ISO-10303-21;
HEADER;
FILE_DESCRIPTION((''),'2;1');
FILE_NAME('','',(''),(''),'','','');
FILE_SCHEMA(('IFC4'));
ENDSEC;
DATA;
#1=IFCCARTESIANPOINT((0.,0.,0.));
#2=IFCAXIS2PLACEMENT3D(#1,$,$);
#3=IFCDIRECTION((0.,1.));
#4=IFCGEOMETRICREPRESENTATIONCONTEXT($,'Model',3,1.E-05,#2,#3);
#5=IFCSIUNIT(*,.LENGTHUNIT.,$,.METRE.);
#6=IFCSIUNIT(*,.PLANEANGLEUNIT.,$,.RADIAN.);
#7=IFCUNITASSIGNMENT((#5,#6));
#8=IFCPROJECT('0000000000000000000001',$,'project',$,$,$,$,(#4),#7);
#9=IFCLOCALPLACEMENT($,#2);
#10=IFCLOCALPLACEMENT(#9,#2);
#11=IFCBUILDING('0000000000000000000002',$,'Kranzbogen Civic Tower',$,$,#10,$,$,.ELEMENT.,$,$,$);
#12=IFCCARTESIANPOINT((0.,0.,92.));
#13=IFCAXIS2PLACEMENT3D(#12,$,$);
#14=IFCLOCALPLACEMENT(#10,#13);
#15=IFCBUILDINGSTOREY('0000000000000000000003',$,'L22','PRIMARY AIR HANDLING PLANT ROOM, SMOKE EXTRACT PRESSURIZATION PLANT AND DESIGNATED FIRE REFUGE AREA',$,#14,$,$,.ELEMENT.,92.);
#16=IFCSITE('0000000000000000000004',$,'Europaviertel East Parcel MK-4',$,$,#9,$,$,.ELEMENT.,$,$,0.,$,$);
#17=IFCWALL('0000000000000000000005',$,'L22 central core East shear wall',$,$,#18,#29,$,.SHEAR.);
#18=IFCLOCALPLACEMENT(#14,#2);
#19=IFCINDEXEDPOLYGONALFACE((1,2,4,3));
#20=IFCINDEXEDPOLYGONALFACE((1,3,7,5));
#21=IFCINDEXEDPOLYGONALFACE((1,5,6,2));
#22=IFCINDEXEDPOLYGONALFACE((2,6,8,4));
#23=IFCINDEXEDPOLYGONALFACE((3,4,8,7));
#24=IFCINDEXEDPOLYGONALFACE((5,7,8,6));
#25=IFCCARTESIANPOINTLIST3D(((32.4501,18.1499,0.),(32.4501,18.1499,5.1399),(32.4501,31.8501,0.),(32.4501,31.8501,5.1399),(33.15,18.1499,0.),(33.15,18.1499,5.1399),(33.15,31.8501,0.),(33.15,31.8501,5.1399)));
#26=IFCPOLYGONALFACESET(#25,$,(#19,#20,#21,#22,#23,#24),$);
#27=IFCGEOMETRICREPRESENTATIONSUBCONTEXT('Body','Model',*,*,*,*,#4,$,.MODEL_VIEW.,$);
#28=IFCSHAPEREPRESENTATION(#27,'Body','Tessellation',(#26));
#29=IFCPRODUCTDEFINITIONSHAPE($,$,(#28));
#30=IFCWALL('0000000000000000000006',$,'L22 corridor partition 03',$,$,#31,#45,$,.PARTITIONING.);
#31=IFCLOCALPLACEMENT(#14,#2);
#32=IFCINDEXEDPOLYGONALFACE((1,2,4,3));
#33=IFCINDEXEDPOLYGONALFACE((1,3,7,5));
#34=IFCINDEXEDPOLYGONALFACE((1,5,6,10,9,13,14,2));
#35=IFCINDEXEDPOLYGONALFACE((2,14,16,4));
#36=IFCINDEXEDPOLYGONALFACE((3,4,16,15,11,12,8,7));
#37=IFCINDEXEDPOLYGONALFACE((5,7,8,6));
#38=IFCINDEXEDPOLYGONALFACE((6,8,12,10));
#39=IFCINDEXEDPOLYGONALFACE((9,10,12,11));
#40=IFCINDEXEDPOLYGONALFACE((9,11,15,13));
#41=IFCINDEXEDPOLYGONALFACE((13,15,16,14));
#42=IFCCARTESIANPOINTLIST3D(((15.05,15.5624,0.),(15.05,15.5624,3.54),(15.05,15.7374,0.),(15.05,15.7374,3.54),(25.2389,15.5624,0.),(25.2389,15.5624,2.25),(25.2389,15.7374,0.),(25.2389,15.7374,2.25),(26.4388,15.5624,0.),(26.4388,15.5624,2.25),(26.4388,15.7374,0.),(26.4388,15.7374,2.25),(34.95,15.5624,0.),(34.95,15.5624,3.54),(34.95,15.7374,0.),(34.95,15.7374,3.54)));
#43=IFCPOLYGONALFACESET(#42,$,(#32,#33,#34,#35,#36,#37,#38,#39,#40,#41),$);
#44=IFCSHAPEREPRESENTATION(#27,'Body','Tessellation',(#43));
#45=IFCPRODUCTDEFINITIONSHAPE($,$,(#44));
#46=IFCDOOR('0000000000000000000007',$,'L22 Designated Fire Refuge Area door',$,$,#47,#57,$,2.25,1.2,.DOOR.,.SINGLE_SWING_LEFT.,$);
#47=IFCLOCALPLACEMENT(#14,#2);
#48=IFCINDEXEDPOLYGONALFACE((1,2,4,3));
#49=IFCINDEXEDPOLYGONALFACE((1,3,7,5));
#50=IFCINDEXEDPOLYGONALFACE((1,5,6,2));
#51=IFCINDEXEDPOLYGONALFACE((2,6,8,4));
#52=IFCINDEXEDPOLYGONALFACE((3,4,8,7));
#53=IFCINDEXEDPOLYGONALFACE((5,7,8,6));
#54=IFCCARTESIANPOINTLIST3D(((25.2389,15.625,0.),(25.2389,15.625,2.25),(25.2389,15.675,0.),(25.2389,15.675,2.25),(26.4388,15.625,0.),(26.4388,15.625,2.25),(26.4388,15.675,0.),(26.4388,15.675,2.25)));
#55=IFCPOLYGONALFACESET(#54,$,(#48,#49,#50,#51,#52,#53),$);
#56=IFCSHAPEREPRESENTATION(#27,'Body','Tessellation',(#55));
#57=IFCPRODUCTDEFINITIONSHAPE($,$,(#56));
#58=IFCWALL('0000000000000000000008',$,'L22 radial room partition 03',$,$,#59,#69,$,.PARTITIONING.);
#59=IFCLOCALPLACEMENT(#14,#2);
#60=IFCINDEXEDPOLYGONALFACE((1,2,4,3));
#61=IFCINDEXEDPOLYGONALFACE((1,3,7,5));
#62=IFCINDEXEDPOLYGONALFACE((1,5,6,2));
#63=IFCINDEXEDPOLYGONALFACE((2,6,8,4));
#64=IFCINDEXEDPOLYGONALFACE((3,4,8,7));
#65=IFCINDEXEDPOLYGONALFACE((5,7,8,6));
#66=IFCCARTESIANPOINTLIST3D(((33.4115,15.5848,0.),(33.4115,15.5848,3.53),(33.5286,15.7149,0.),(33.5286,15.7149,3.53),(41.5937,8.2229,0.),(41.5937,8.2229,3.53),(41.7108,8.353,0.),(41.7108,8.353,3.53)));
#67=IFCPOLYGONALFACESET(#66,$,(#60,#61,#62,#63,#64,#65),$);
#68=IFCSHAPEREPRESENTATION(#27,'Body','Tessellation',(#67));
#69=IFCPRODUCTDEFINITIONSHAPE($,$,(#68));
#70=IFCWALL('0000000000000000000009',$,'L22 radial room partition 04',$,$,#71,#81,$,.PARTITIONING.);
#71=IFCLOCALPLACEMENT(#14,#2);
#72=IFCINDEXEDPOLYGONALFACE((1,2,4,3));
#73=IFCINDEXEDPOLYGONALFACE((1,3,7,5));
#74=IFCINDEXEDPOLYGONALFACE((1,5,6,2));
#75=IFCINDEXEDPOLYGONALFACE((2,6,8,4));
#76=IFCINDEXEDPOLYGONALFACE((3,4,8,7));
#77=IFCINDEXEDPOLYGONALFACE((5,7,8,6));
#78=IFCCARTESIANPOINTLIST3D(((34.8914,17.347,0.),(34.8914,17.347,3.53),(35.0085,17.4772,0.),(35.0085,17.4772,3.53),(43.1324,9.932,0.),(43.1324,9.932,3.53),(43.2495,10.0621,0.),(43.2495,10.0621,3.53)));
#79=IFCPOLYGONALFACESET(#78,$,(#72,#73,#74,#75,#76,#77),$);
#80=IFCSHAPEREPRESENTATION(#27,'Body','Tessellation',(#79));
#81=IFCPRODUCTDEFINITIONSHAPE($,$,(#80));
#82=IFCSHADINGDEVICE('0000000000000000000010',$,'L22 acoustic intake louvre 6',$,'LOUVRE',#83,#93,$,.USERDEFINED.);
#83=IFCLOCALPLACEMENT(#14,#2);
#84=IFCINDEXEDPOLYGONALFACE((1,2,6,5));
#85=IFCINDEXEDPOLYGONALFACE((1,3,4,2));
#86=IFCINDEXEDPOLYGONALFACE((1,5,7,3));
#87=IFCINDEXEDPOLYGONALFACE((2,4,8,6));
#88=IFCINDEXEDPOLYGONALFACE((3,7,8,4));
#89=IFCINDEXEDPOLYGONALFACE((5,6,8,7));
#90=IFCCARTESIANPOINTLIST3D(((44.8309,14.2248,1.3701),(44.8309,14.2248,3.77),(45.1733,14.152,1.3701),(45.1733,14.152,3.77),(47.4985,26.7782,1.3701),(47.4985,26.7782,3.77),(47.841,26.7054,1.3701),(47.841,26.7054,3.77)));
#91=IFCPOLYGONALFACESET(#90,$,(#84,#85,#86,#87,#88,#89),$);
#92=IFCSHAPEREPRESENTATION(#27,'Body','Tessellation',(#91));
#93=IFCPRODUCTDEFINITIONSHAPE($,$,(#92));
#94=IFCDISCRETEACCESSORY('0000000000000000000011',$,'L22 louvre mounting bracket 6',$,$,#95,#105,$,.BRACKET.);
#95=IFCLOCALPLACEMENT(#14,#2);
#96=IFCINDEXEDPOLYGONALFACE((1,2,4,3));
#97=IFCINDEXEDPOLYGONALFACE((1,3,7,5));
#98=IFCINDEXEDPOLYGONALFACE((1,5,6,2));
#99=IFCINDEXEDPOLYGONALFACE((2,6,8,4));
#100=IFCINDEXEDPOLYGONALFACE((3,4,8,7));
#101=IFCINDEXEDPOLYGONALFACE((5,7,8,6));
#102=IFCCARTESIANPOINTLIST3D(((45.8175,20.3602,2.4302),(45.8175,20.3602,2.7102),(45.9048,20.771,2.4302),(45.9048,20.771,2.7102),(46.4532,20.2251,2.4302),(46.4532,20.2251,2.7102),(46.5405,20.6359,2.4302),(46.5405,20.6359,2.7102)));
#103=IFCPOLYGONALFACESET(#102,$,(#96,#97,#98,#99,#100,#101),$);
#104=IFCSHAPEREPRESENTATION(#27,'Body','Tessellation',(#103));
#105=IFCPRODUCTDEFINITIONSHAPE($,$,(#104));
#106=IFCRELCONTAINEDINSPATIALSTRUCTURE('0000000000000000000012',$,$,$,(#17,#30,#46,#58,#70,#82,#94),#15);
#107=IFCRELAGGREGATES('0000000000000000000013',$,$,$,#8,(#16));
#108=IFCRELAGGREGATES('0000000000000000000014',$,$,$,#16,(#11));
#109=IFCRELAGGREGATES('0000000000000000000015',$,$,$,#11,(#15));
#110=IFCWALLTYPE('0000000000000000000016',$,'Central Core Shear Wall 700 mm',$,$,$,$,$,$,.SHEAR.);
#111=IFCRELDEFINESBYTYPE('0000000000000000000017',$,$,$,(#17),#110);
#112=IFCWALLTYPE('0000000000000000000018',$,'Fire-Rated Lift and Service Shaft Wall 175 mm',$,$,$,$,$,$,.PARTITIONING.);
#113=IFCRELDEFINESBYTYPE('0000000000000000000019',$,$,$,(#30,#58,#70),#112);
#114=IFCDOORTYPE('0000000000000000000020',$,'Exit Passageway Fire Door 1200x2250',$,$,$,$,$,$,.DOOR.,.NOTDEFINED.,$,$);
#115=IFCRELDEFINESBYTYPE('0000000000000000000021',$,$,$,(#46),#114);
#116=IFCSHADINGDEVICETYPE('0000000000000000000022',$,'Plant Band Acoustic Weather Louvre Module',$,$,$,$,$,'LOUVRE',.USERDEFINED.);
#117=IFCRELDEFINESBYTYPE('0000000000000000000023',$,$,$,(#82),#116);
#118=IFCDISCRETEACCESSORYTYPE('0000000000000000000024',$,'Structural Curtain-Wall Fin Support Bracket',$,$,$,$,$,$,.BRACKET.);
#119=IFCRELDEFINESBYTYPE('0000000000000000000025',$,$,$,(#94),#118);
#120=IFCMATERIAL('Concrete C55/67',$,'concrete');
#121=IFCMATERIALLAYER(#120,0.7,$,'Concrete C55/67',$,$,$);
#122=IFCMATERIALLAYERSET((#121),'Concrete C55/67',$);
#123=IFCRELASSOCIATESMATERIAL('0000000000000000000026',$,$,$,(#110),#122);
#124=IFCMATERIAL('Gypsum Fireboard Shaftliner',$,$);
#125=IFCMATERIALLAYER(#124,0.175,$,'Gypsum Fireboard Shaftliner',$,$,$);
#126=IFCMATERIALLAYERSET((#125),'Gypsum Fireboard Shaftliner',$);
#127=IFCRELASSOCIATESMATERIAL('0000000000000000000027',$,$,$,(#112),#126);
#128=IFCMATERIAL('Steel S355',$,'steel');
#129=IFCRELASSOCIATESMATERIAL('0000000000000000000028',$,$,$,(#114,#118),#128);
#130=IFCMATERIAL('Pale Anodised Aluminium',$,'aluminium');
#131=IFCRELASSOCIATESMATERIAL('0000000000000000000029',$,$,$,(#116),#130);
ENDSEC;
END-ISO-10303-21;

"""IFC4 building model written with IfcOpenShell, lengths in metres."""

from ifc_helpers import new_model, si_unit, direction, frame, frame_2d, origin, origin_2d, place, context, subcontext, project, spatial, rectangle, extrude, material, layer, layer_set, type_object, element, fill, save


model = new_model("IFC4")

# Units and contexts
model_context = context("Model", 3, precision=1e-05, world=origin(), true_north=direction((0.0, 1.0)))
body_context = subcontext(model_context, "Body", "Model", "MODEL_VIEW")
ifc_project = project(units=[si_unit("LENGTHUNIT", "METRE"), si_unit("PLANEANGLEUNIT", "RADIAN")], contexts=[model_context])

# Site, building, storey
site_placement = place(None, origin())
site = spatial("IfcSite", under=ifc_project, at=site_placement, Name="Europaviertel East Parcel MK-4", CompositionType="ELEMENT", RefElevation=0.0)
building_placement = place(site_placement, origin())
building = spatial("IfcBuilding", under=site, at=building_placement, Name="Kranzbogen Civic Tower", CompositionType="ELEMENT")
storey_placement = place(building_placement, frame((0.0, 0.0, 92.0)))
storey = spatial("IfcBuildingStorey", under=building, at=storey_placement, Name="L22", Description="PRIMARY AIR HANDLING PLANT ROOM, SMOKE EXTRACT PRESSURIZATION PLANT AND DESIGNATED FIRE REFUGE AREA", CompositionType="ELEMENT", Elevation=92.0)

# Shared definitions
ifc_material_1 = material(Name="Steel S355", Category="steel")

# Wall
ifc_material_2 = material(Name="Concrete C55/67", Category="concrete")
ifc_layer_1 = layer(ifc_material_2, 0.7, Name="Concrete C55/67")
ifc_layer_set_1 = layer_set([ifc_layer_1], Name="Concrete C55/67")
wall_type_1 = type_object("IfcWallType", Name="Central Core Shear Wall 700 mm", PredefinedType="SHEAR", material=ifc_layer_set_1)
wall_1_placement = place(storey_placement, frame((32.8, 18.1499, 0.0), z_axis=(0.0, 0.0, 1.0), x_axis=(0.0, 1.0, 0.0)))
element("IfcWall", 1, at=wall_1_placement, inside=storey, type_object=wall_type_1, Name="L22 central core East shear wall", PredefinedType="SHEAR", context=body_context, shape_type="SweptSolid", body=[
    extrude(rectangle(XDim=13.7002, YDim=0.7, at=frame_2d((6.8501, 0.0))), origin(), (0.0, 0.0, 1.0), 5.1399),
])

# Wall, opening, door
ifc_material_3 = material(Name="Gypsum Fireboard Shaftliner")
ifc_layer_2 = layer(ifc_material_3, 0.175, Name="Gypsum Fireboard Shaftliner")
ifc_layer_set_2 = layer_set([ifc_layer_2], Name="Gypsum Fireboard Shaftliner")
wall_type_2 = type_object("IfcWallType", Name="Fire-Rated Lift and Service Shaft Wall 175 mm", PredefinedType="PARTITIONING", material=ifc_layer_set_2)
wall_2_placement = place(storey_placement, frame((34.95, 15.6499, 0.0), z_axis=(0.0, 0.0, 1.0), x_axis=(-1.0, 0.0, 0.0)))
wall_2 = element("IfcWall", 2, at=wall_2_placement, inside=storey, type_object=wall_type_2, Name="L22 corridor partition 03", PredefinedType="PARTITIONING", context=body_context, shape_type="SweptSolid", body=[
    extrude(rectangle(XDim=19.8999, YDim=0.175, at=frame_2d((9.95, 0.0))), origin(), (0.0, 0.0, 1.0), 3.54),
])
opening_placement = place(wall_2_placement, frame((8.511, 0.0, 0.0)))
opening = element("IfcOpeningElement", 3, at=opening_placement, cuts=wall_2, PredefinedType="OPENING", context=body_context, shape_type="SweptSolid", body=[
    extrude(rectangle(XDim=1.2, YDim=2.25, at=frame_2d((0.6001, 1.125))), frame((0.0, 0.0977, 0.0), z_axis=(0.0, -1.0, 0.0), x_axis=(1.0, 0.0, 0.0)), (0.0, 0.0, 1.0), 0.1951),
])
door_type = type_object("IfcDoorType", Name="Exit Passageway Fire Door 1200x2250", OperationType="NOTDEFINED", PredefinedType="DOOR", material=ifc_material_1)
door_placement = place(opening_placement, origin())
door = element("IfcDoor", 4, at=door_placement, inside=storey, type_object=door_type, Name="L22 Designated Fire Refuge Area door", OperationType="SINGLE_SWING_LEFT", OverallHeight=2.25, OverallWidth=1.2, PredefinedType="DOOR", context=body_context, shape_type="SweptSolid", body=[
    extrude(rectangle(XDim=1.2, YDim=2.25, at=frame_2d((0.6001, 1.125))), frame((0.0, 0.0249, 0.0), z_axis=(0.0, -1.0, 0.0), x_axis=(1.0, 0.0, 0.0)), (0.0, 0.0, 1.0), 0.05),
])
fill(opening, door)

# Walls
wall_3_placement = place(storey_placement, frame((33.47, 15.6499, 0.0), z_axis=(0.0, 0.0, 1.0), x_axis=(0.743389, -0.668859, 0.0)))
element("IfcWall", 5, at=wall_3_placement, inside=storey, type_object=wall_type_2, Name="L22 radial room partition 03", PredefinedType="PARTITIONING", context=body_context, shape_type="SweptSolid", body=[
    extrude(rectangle(XDim=11.0066, YDim=0.175, at=frame_2d((5.5034, 0.0))), origin(), (0.0, 0.0, 1.0), 3.53),
])
wall_4_placement = place(storey_placement, frame((34.95, 17.4121, 0.0), z_axis=(0.0, 0.0, 1.0), x_axis=(0.743376, -0.668873, 0.0)))
element("IfcWall", 6, at=wall_4_placement, inside=storey, type_object=wall_type_2, Name="L22 radial room partition 04", PredefinedType="PARTITIONING", context=body_context, shape_type="SweptSolid", body=[
    extrude(rectangle(XDim=11.0859, YDim=0.175, at=frame_2d((5.543, 0.0))), origin(), (0.0, 0.0, 1.0), 3.53),
])

# Shading device
ifc_material_4 = material(Name="Pale Anodised Aluminium", Category="aluminium")
shading_device_type = type_object("IfcShadingDeviceType", Name="Plant Band Acoustic Weather Louvre Module", ElementType="LOUVRE", PredefinedType="USERDEFINED", material=ifc_material_4)
shading_device_placement = place(storey_placement, frame((46.3359, 20.4651, 1.3701), z_axis=(0.0, 0.0, 1.0), x_axis=(0.20786, 0.978158, 0.0)))
element("IfcShadingDevice", 7, at=shading_device_placement, inside=storey, type_object=shading_device_type, Name="L22 acoustic intake louvre 6", ObjectType="LOUVRE", PredefinedType="USERDEFINED", context=body_context, shape_type="SweptSolid", body=[
    extrude(rectangle(XDim=12.8337, YDim=0.3501, at=origin_2d()), origin(), (0.0, 0.0, 1.0), 2.3999),
])

# Discrete accessory
discrete_accessory_type = type_object("IfcDiscreteAccessoryType", Name="Structural Curtain-Wall Fin Support Bracket", PredefinedType="BRACKET", material=ifc_material_1)
discrete_accessory_placement = place(storey_placement, frame((46.179, 20.498, 2.4302), z_axis=(0.0, 0.0, 1.0), x_axis=(0.978148, -0.207912, 0.0)))
element("IfcDiscreteAccessory", 8, at=discrete_accessory_placement, inside=storey, type_object=discrete_accessory_type, Name="L22 louvre mounting bracket 6", PredefinedType="BRACKET", context=body_context, shape_type="SweptSolid", body=[
    extrude(rectangle(XDim=0.6499, YDim=0.4199, at=origin_2d()), origin(), (0.0, 0.0, 1.0), 0.28),
])

save(model, "model.ifc")
